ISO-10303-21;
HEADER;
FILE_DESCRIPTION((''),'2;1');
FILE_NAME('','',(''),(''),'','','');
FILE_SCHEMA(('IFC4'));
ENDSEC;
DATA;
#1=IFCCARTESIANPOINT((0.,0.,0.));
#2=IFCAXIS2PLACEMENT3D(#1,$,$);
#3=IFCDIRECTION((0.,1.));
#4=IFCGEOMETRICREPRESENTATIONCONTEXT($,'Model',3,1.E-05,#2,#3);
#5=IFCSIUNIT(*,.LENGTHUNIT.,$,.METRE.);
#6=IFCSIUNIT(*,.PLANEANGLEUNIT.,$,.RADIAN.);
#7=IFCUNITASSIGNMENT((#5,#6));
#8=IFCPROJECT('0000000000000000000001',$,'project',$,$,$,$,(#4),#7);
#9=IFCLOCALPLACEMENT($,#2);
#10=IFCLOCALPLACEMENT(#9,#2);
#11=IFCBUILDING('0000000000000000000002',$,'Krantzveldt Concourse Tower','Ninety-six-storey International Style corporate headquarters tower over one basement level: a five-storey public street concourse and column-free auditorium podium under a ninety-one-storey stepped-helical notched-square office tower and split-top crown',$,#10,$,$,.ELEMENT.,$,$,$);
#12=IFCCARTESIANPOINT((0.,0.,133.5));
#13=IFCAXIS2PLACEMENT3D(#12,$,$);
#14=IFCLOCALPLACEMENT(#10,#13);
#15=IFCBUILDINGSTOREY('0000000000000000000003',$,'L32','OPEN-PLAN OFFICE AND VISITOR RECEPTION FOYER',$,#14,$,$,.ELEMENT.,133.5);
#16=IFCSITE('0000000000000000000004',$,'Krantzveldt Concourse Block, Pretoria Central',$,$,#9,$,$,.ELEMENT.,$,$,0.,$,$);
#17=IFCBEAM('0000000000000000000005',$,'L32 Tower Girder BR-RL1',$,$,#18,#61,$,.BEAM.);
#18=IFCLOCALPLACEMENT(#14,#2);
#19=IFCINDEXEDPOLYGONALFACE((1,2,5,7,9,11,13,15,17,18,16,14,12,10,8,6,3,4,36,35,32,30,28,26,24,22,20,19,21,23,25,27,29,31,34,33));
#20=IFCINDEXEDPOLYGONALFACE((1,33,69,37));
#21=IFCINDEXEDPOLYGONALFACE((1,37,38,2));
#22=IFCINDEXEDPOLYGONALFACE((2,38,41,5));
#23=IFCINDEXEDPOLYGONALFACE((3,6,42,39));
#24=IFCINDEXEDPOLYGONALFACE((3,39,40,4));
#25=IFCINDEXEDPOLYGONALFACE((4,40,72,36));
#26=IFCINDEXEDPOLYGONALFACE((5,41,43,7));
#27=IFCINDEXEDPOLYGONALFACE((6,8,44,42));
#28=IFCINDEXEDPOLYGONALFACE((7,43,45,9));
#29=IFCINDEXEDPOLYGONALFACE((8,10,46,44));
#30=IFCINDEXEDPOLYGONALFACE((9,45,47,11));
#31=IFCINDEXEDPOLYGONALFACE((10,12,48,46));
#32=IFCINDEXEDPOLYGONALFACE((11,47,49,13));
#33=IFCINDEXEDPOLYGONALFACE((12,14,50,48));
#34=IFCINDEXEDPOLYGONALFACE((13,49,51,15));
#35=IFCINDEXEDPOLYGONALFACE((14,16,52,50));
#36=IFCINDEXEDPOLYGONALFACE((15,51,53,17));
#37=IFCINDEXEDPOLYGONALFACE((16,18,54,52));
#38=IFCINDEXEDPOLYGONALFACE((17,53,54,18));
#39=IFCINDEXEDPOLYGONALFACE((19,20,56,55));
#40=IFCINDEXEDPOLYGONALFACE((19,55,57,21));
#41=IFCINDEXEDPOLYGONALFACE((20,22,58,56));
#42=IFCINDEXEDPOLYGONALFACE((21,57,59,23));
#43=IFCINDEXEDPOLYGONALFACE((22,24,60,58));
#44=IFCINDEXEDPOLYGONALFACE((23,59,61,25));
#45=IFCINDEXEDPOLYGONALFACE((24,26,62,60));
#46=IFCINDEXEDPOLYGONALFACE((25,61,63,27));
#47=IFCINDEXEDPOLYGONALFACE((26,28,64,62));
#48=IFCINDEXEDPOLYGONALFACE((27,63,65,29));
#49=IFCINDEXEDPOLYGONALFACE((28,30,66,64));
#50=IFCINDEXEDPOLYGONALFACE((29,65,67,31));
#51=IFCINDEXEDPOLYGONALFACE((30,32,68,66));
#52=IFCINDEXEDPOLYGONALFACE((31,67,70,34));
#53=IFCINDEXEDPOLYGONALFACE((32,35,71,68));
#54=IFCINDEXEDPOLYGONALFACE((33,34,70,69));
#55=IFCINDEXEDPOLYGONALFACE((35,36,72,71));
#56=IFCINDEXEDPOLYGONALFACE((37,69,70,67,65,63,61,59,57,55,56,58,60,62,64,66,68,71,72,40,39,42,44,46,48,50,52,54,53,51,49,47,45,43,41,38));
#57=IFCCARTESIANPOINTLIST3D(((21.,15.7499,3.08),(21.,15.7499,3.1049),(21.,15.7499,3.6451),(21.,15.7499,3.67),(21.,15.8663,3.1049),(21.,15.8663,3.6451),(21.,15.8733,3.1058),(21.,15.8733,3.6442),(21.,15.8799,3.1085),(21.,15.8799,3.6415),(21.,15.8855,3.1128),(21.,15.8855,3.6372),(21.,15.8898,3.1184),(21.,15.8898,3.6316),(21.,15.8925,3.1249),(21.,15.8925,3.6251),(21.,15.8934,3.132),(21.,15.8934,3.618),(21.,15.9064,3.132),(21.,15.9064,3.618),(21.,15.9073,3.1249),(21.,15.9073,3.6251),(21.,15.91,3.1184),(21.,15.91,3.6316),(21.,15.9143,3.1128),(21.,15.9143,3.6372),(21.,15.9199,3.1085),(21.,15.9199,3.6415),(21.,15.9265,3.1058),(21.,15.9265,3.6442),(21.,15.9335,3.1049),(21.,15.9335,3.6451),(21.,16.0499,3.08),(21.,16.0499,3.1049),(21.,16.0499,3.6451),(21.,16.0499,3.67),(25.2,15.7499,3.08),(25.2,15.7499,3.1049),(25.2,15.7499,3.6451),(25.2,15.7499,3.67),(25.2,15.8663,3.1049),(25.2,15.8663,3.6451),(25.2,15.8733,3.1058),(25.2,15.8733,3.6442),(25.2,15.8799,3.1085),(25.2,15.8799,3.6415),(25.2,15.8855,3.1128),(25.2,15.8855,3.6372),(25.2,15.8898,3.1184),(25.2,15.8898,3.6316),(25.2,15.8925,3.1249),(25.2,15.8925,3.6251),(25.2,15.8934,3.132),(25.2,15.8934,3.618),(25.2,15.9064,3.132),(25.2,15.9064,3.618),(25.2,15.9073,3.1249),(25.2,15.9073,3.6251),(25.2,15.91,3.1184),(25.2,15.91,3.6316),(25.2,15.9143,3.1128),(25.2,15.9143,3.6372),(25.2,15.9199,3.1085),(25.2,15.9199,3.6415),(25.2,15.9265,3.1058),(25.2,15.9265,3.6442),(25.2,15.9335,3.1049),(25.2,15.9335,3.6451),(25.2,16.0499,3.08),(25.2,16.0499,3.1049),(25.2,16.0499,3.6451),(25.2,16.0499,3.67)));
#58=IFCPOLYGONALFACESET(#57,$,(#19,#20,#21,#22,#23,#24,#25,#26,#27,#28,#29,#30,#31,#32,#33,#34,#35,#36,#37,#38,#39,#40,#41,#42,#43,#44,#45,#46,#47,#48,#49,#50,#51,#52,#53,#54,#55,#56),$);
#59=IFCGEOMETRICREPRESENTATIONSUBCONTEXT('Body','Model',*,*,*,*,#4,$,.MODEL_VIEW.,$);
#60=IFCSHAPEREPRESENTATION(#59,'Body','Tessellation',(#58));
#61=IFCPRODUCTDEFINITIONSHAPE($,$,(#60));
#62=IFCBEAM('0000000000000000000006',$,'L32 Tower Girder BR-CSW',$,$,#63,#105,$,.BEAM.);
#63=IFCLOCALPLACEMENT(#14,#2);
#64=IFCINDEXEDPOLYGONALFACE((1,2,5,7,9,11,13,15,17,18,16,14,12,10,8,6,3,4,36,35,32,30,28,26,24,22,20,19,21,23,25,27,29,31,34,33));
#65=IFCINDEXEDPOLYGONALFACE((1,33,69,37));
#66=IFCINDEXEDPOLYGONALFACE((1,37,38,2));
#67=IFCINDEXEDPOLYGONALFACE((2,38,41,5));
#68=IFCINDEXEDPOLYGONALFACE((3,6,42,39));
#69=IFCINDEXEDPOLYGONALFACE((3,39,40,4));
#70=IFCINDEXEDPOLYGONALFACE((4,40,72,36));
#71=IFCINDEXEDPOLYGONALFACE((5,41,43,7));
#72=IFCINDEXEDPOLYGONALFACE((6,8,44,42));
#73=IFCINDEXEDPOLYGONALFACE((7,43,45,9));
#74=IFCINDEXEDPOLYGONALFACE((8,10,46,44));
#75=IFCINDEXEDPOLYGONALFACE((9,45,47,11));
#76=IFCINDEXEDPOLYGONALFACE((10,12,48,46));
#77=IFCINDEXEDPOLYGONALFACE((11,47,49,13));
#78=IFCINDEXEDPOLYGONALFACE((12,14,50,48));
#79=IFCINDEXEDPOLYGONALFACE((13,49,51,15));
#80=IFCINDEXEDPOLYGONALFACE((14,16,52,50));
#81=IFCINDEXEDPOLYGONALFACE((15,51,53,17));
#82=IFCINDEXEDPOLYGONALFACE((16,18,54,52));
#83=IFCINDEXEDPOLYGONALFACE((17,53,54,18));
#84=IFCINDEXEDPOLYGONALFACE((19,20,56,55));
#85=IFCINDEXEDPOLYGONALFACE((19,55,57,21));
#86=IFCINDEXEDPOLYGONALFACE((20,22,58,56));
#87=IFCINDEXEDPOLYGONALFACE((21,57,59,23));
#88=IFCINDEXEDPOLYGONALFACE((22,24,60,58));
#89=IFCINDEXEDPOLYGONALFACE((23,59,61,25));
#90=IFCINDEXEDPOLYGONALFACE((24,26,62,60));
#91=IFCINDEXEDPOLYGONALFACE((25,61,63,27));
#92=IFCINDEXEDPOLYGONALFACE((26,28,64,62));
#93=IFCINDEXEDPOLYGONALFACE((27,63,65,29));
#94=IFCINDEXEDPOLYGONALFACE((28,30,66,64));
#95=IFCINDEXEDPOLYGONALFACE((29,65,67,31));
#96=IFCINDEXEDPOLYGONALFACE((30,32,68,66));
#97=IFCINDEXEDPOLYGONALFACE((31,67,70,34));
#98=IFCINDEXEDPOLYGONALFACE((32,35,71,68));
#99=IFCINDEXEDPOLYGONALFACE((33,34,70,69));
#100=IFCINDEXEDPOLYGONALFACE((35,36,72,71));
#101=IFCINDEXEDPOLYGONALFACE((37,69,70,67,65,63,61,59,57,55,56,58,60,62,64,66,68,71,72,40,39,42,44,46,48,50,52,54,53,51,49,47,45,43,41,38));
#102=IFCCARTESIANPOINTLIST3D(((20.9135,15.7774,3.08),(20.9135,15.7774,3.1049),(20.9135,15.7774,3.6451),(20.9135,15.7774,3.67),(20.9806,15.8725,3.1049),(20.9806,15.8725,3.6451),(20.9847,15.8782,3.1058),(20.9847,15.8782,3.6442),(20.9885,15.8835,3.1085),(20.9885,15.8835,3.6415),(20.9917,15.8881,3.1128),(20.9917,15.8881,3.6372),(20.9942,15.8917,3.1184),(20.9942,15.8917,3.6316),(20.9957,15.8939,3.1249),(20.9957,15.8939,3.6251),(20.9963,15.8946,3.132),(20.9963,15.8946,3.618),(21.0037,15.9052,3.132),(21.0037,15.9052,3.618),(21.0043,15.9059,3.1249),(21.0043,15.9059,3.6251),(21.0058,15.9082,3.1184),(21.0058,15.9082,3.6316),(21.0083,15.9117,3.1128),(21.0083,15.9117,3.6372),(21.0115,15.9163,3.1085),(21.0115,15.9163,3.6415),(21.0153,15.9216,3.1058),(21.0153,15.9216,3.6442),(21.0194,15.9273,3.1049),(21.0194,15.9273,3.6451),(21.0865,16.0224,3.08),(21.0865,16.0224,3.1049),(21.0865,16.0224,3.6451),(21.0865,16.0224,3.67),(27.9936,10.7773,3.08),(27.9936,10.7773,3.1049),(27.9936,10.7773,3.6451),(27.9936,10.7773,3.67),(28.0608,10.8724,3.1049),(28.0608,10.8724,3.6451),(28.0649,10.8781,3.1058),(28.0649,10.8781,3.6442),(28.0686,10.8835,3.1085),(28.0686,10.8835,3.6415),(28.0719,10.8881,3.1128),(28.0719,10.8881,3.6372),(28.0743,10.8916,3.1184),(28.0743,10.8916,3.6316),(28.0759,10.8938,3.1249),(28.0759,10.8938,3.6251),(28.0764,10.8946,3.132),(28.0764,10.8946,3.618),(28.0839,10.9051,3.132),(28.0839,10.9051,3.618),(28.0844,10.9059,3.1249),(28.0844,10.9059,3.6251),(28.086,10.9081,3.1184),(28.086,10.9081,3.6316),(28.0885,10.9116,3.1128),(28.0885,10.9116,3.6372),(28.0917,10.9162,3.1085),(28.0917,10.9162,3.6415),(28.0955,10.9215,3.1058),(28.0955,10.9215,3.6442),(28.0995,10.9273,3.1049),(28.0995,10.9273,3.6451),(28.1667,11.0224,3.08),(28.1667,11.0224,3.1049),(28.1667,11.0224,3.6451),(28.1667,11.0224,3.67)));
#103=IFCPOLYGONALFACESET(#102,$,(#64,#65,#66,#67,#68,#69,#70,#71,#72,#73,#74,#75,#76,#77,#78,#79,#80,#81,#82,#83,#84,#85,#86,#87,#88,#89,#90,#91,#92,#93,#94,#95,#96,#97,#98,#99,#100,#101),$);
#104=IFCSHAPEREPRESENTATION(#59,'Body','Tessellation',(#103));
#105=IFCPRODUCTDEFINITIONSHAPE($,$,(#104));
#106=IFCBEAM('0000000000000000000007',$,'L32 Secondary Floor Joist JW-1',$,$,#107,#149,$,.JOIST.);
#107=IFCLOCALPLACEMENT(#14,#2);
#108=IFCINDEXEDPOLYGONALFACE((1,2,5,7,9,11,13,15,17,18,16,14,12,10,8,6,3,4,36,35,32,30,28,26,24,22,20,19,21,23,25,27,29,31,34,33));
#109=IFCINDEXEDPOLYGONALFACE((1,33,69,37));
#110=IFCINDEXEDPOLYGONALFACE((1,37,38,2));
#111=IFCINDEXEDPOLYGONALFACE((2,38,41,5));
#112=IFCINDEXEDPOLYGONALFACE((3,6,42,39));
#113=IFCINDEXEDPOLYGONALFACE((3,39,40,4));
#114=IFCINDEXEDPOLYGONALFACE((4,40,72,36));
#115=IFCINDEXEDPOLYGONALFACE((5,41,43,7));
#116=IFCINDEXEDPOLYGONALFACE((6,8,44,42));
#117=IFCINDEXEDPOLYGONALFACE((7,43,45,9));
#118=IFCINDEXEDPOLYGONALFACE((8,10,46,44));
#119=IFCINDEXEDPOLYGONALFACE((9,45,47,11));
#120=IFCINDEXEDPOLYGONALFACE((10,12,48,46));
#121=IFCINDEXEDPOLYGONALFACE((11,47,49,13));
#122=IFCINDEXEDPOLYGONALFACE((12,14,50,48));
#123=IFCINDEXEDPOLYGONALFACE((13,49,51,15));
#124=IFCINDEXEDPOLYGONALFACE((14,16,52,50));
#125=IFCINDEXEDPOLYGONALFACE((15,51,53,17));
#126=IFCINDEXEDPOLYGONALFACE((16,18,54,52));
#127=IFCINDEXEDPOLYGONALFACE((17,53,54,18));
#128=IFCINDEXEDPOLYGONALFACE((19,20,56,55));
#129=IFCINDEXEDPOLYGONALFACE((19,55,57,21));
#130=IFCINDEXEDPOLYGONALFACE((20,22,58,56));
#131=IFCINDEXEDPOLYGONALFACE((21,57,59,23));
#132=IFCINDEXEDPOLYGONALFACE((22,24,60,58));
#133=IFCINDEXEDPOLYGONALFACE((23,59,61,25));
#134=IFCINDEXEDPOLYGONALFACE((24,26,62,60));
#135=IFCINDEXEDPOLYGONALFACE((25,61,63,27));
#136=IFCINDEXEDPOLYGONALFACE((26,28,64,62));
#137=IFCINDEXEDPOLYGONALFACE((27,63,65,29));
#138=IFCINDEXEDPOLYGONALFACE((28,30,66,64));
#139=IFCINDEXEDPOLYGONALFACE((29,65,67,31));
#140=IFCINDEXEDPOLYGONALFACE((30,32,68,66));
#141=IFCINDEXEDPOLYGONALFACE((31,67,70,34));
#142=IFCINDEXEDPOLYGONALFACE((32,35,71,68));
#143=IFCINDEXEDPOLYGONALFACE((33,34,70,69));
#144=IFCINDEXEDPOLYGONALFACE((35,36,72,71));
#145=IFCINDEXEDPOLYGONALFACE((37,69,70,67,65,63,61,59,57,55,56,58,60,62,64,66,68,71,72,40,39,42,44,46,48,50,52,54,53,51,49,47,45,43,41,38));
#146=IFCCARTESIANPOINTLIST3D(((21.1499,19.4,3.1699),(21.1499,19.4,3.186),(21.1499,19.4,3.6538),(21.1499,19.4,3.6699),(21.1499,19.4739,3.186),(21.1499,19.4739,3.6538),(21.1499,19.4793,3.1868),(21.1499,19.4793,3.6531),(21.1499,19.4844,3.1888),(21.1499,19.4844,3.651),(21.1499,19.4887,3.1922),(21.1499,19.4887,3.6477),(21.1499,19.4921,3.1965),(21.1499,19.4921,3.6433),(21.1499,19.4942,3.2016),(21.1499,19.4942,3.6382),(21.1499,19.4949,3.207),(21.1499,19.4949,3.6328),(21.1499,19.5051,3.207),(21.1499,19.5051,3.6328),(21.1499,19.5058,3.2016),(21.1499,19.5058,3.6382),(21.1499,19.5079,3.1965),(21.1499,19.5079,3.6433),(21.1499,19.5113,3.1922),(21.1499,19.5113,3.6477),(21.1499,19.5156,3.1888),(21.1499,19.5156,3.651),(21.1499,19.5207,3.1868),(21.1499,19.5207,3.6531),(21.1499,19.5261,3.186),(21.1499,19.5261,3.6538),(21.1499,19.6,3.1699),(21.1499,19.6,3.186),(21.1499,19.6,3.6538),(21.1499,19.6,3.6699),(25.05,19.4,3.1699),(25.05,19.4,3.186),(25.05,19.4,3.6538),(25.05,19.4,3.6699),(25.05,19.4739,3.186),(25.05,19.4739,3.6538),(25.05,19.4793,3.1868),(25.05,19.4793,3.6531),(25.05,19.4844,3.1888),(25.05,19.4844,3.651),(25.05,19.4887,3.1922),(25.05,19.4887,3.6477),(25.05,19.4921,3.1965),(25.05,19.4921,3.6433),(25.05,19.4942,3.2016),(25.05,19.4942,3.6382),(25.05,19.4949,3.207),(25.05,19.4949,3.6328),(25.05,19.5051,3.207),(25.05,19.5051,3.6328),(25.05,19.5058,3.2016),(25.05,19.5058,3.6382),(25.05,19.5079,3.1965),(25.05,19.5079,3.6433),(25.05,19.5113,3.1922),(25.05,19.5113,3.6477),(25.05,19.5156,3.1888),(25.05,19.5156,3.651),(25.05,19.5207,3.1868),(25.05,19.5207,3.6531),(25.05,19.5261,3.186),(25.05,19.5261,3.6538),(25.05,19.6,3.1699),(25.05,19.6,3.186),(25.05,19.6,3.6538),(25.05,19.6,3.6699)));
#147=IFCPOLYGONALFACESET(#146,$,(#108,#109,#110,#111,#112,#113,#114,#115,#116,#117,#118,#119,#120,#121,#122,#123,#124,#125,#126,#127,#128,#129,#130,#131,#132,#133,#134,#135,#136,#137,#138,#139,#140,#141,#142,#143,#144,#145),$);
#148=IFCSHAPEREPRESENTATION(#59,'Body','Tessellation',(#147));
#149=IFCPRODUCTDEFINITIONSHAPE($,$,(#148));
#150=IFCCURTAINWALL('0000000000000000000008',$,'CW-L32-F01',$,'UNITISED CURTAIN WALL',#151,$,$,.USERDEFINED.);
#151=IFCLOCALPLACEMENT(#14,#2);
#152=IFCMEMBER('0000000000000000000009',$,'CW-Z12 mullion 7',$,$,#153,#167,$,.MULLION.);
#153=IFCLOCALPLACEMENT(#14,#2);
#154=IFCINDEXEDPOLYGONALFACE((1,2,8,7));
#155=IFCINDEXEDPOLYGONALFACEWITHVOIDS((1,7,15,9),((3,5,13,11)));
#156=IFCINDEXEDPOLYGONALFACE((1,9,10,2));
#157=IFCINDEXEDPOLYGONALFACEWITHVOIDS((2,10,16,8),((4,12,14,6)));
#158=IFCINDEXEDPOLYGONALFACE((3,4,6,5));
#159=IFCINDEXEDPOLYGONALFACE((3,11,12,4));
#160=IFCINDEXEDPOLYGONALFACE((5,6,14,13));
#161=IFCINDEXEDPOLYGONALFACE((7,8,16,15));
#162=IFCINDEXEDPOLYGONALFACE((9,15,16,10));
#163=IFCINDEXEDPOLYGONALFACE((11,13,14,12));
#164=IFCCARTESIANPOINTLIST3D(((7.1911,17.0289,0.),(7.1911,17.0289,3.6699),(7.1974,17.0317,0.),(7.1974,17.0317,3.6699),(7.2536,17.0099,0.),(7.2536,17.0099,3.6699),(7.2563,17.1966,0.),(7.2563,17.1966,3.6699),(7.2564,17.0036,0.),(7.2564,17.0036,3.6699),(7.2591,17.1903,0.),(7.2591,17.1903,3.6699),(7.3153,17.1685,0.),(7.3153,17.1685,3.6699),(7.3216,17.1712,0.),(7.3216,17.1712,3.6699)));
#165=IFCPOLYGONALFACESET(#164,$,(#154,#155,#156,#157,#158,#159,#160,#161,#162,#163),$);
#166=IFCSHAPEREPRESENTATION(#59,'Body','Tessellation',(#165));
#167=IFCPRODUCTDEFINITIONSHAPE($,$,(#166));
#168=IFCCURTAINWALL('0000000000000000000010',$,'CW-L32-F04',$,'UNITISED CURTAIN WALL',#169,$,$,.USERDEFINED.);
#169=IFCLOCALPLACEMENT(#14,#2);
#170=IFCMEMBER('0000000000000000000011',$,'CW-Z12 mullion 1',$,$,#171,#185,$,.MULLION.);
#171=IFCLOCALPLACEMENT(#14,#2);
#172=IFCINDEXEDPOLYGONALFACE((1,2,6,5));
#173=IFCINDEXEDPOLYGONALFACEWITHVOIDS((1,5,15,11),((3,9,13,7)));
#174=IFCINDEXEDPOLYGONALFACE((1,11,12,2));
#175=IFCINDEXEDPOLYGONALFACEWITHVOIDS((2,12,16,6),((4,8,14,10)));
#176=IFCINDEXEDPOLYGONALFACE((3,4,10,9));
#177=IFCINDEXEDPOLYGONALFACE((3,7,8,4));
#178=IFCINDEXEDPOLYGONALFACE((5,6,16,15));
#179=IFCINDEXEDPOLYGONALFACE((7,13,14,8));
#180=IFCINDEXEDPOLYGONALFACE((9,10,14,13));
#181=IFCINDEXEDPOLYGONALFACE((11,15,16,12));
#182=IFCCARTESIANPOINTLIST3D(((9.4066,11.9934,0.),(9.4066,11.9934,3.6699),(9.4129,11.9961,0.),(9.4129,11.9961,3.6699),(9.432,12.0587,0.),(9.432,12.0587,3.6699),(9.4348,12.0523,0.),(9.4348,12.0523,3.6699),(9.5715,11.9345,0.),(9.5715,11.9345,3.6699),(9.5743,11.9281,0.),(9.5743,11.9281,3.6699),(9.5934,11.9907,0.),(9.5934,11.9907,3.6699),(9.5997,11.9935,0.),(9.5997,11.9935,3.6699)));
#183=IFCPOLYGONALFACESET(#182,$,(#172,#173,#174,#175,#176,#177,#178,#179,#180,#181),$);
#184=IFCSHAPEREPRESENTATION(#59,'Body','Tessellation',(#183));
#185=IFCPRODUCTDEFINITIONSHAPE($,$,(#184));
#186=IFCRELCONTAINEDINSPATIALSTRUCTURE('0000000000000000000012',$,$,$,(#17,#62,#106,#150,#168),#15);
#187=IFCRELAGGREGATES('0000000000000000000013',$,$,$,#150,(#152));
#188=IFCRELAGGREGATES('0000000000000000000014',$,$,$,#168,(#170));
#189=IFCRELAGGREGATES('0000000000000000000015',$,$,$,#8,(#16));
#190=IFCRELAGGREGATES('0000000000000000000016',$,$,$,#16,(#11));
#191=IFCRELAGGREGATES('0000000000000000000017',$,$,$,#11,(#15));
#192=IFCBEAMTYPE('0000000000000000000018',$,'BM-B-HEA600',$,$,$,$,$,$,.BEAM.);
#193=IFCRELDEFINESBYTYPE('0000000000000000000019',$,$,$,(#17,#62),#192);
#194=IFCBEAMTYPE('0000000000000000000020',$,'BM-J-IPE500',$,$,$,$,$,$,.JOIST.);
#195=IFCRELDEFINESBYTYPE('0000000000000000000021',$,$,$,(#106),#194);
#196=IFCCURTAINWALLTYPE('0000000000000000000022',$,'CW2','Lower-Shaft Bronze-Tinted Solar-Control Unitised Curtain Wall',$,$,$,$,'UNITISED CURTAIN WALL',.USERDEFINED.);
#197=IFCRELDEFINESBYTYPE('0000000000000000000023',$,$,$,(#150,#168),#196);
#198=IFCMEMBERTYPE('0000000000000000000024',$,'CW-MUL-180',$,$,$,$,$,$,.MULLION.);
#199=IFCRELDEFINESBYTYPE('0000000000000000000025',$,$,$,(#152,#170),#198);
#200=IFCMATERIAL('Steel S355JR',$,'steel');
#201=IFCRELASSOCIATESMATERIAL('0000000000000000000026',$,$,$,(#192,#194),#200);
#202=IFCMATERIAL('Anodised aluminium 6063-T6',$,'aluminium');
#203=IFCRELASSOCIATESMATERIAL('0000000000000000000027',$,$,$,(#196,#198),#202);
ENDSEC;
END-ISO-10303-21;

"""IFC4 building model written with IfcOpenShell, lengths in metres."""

from ifc_helpers import new_model, si_unit, direction, frame, origin, origin_2d, place, context, subcontext, project, spatial, hollow_rectangle, i_section, extrude, source, transform, mapped, material, material_profile, profile_set, type_object, type_shapes, element, aggregate, save


model = new_model("IFC4")

# Units and contexts
model_context = context("Model", 3, precision=1e-05, world=origin(), true_north=direction((0.0, 1.0)))
body_context = subcontext(model_context, "Body", "Model", "MODEL_VIEW")
ifc_project = project(units=[si_unit("LENGTHUNIT", "METRE"), si_unit("PLANEANGLEUNIT", "RADIAN")], contexts=[model_context])

# Site, building, storey
site_placement = place(None, origin())
site = spatial("IfcSite", under=ifc_project, at=site_placement, Name="Krantzveldt Concourse Block, Pretoria Central", CompositionType="ELEMENT", RefElevation=0.0)
building_placement = place(site_placement, origin())
building = spatial("IfcBuilding", under=site, at=building_placement, Name="Krantzveldt Concourse Tower", Description="Ninety-six-storey International Style corporate headquarters tower over one basement level: a five-storey public street concourse and column-free auditorium podium under a ninety-one-storey stepped-helical notched-square office tower and split-top crown", CompositionType="ELEMENT")
storey_placement = place(building_placement, frame((0.0, 0.0, 133.5)))
storey = spatial("IfcBuildingStorey", under=building, at=storey_placement, Name="L32", Description="OPEN-PLAN OFFICE AND VISITOR RECEPTION FOYER", CompositionType="ELEMENT", Elevation=133.5)

# Beams
ifc_material_1 = material(Name="Steel S355JR", Category="steel")
ifc_material_profile_1 = material_profile(ifc_material_1, i_section(OverallWidth=0.3, OverallDepth=0.5901, WebThickness=0.0129, FlangeThickness=0.0249, FilletRadius=0.0271, at=origin_2d()), Name="Steel S355JR", Category="steel")
ifc_profile_set_1 = profile_set([ifc_material_profile_1], Name="Steel S355JR - HEA 600")
beam_type_1 = type_object("IfcBeamType", Name="BM-B-HEA600", PredefinedType="BEAM", material=ifc_profile_set_1)
shared_shape_1 = source(origin(), body_context, "Body", "SweptSolid", [
    extrude(i_section(OverallWidth=0.3, OverallDepth=0.5901, WebThickness=0.0129, FlangeThickness=0.0249, FilletRadius=0.0271, at=origin_2d()), origin(), (0.0, 0.0, 1.0), 4.2),
])
beam_1_placement = place(storey_placement, frame((21.0, 15.8999, 3.375), z_axis=(1.0, 0.0, 0.0), x_axis=(0.0, 1.0, 0.0)))
element("IfcBeam", 1, at=beam_1_placement, inside=storey, type_object=beam_type_1, Name="L32 Tower Girder BR-RL1", PredefinedType="BEAM", context=body_context, shape_type="MappedRepresentation", body=[
    mapped(shared_shape_1, transform((0.0, 0.0, 0.0), x_axis=(1.0, 0.0, 0.0), y_axis=(0.0, 1.0, 0.0), z_axis=(0.0, 0.0, 1.0), scale=1.0)),
])
shared_shape_2 = source(origin(), body_context, "Body", "SweptSolid", [
    extrude(i_section(OverallWidth=0.3, OverallDepth=0.5901, WebThickness=0.0129, FlangeThickness=0.0249, FilletRadius=0.0271, at=origin_2d()), origin(), (0.0, 0.0, 1.0), 8.6677),
])
type_shapes(beam_type_1, [shared_shape_1, shared_shape_2])
beam_2_placement = place(storey_placement, frame((21.0, 15.8999, 3.375), z_axis=(0.816843, -0.57686, 0.0), x_axis=(0.57686, 0.816843, 0.0)))
element("IfcBeam", 2, at=beam_2_placement, inside=storey, type_object=beam_type_1, Name="L32 Tower Girder BR-CSW", PredefinedType="BEAM", context=body_context, shape_type="MappedRepresentation", body=[
    mapped(shared_shape_2, transform((0.0, 0.0, 0.0), x_axis=(1.0, 0.0, 0.0), y_axis=(0.0, 1.0, 0.0), z_axis=(0.0, 0.0, 1.0), scale=1.0)),
])
ifc_material_profile_2 = material_profile(ifc_material_1, i_section(OverallWidth=0.2, OverallDepth=0.5, WebThickness=0.0103, FlangeThickness=0.0161, FilletRadius=0.021, at=origin_2d()), Name="Steel S355JR", Category="steel")
ifc_profile_set_2 = profile_set([ifc_material_profile_2], Name="Steel S355JR - IPE 500")
beam_type_2 = type_object("IfcBeamType", Name="BM-J-IPE500", PredefinedType="JOIST", material=ifc_profile_set_2)
shared_shape_3 = source(origin(), body_context, "Body", "SweptSolid", [
    extrude(i_section(OverallWidth=0.2, OverallDepth=0.5, WebThickness=0.0103, FlangeThickness=0.0161, FilletRadius=0.021, at=origin_2d()), origin(), (0.0, 0.0, 1.0), 3.9001),
])
type_shapes(beam_type_2, [shared_shape_3])
beam_3_placement = place(storey_placement, frame((21.1499, 19.5, 3.4199), z_axis=(1.0, 0.0, 0.0), x_axis=(0.0, 1.0, 0.0)))
element("IfcBeam", 3, at=beam_3_placement, inside=storey, type_object=beam_type_2, Name="L32 Secondary Floor Joist JW-1", PredefinedType="JOIST", context=body_context, shape_type="MappedRepresentation", body=[
    mapped(shared_shape_3, transform((0.0, 0.0, 0.0), x_axis=(1.0, 0.0, 0.0), y_axis=(0.0, 1.0, 0.0), z_axis=(0.0, 0.0, 1.0), scale=1.0)),
])

# Curtain wall, member
ifc_material_2 = material(Name="Anodised aluminium 6063-T6", Category="aluminium")
curtain_wall_type_1 = type_object("IfcCurtainWallType", Name="CW2", Description="Lower-Shaft Bronze-Tinted Solar-Control Unitised Curtain Wall", ElementType="UNITISED CURTAIN WALL", PredefinedType="USERDEFINED", material=ifc_material_2)
curtain_wall_1_placement = place(storey_placement, origin())
curtain_wall_1 = element("IfcCurtainWall", 4, at=curtain_wall_1_placement, inside=storey, type_object=curtain_wall_type_1, Name="CW-L32-F01", ObjectType="UNITISED CURTAIN WALL", PredefinedType="USERDEFINED")
ifc_material_profile_3 = material_profile(ifc_material_2, hollow_rectangle(XDim=0.0701, YDim=0.1799, WallThickness=0.0049, at=origin_2d()), Name="Anodised aluminium 6063-T6", Category="aluminium")
ifc_profile_set_3 = profile_set([ifc_material_profile_3], Name="Anodised aluminium 6063-T6 - ALU-MULL 180x70x5")
member_type_1 = type_object("IfcMemberType", Name="CW-MUL-180", PredefinedType="MULLION", material=ifc_profile_set_3)
shared_shape_4 = source(origin(), body_context, "Body", "SweptSolid", [
    extrude(hollow_rectangle(XDim=0.0701, YDim=0.1799, WallThickness=0.0049, at=origin_2d()), origin(), (0.0, 0.0, 1.0), 3.6699),
])
type_shapes(member_type_1, [shared_shape_4])
member_1_placement = place(storey_placement, frame((7.2563, 17.1001, 0.0), z_axis=(0.0, 0.0, 1.0), x_axis=(0.932008, -0.362438, 0.0)))
member_1 = element("IfcMember", 5, at=member_1_placement, type_object=member_type_1, Name="CW-Z12 mullion 7", PredefinedType="MULLION", context=body_context, shape_type="MappedRepresentation", body=[
    mapped(shared_shape_4, transform((0.0, 0.0, 0.0), x_axis=(1.0, 0.0, 0.0), y_axis=(0.0, 1.0, 0.0), z_axis=(0.0, 0.0, 1.0), scale=1.0)),
])

# Curtain wall, member
curtain_wall_2_placement = place(storey_placement, origin())
curtain_wall_2 = element("IfcCurtainWall", 6, at=curtain_wall_2_placement, inside=storey, type_object=curtain_wall_type_1, Name="CW-L32-F04", ObjectType="UNITISED CURTAIN WALL", PredefinedType="USERDEFINED")
member_2_placement = place(storey_placement, frame((9.5032, 11.9934, 0.0), z_axis=(0.0, 0.0, 1.0), x_axis=(0.362438, 0.932008, 0.0)))
member_2 = element("IfcMember", 7, at=member_2_placement, type_object=member_type_1, Name="CW-Z12 mullion 1", PredefinedType="MULLION", context=body_context, shape_type="MappedRepresentation", body=[
    mapped(shared_shape_4, transform((0.0, 0.0, 0.0), x_axis=(1.0, 0.0, 0.0), y_axis=(0.0, 1.0, 0.0), z_axis=(0.0, 0.0, 1.0), scale=1.0)),
])

aggregate(curtain_wall_1, [member_1])
aggregate(curtain_wall_2, [member_2])

save(model, "model.ifc")
